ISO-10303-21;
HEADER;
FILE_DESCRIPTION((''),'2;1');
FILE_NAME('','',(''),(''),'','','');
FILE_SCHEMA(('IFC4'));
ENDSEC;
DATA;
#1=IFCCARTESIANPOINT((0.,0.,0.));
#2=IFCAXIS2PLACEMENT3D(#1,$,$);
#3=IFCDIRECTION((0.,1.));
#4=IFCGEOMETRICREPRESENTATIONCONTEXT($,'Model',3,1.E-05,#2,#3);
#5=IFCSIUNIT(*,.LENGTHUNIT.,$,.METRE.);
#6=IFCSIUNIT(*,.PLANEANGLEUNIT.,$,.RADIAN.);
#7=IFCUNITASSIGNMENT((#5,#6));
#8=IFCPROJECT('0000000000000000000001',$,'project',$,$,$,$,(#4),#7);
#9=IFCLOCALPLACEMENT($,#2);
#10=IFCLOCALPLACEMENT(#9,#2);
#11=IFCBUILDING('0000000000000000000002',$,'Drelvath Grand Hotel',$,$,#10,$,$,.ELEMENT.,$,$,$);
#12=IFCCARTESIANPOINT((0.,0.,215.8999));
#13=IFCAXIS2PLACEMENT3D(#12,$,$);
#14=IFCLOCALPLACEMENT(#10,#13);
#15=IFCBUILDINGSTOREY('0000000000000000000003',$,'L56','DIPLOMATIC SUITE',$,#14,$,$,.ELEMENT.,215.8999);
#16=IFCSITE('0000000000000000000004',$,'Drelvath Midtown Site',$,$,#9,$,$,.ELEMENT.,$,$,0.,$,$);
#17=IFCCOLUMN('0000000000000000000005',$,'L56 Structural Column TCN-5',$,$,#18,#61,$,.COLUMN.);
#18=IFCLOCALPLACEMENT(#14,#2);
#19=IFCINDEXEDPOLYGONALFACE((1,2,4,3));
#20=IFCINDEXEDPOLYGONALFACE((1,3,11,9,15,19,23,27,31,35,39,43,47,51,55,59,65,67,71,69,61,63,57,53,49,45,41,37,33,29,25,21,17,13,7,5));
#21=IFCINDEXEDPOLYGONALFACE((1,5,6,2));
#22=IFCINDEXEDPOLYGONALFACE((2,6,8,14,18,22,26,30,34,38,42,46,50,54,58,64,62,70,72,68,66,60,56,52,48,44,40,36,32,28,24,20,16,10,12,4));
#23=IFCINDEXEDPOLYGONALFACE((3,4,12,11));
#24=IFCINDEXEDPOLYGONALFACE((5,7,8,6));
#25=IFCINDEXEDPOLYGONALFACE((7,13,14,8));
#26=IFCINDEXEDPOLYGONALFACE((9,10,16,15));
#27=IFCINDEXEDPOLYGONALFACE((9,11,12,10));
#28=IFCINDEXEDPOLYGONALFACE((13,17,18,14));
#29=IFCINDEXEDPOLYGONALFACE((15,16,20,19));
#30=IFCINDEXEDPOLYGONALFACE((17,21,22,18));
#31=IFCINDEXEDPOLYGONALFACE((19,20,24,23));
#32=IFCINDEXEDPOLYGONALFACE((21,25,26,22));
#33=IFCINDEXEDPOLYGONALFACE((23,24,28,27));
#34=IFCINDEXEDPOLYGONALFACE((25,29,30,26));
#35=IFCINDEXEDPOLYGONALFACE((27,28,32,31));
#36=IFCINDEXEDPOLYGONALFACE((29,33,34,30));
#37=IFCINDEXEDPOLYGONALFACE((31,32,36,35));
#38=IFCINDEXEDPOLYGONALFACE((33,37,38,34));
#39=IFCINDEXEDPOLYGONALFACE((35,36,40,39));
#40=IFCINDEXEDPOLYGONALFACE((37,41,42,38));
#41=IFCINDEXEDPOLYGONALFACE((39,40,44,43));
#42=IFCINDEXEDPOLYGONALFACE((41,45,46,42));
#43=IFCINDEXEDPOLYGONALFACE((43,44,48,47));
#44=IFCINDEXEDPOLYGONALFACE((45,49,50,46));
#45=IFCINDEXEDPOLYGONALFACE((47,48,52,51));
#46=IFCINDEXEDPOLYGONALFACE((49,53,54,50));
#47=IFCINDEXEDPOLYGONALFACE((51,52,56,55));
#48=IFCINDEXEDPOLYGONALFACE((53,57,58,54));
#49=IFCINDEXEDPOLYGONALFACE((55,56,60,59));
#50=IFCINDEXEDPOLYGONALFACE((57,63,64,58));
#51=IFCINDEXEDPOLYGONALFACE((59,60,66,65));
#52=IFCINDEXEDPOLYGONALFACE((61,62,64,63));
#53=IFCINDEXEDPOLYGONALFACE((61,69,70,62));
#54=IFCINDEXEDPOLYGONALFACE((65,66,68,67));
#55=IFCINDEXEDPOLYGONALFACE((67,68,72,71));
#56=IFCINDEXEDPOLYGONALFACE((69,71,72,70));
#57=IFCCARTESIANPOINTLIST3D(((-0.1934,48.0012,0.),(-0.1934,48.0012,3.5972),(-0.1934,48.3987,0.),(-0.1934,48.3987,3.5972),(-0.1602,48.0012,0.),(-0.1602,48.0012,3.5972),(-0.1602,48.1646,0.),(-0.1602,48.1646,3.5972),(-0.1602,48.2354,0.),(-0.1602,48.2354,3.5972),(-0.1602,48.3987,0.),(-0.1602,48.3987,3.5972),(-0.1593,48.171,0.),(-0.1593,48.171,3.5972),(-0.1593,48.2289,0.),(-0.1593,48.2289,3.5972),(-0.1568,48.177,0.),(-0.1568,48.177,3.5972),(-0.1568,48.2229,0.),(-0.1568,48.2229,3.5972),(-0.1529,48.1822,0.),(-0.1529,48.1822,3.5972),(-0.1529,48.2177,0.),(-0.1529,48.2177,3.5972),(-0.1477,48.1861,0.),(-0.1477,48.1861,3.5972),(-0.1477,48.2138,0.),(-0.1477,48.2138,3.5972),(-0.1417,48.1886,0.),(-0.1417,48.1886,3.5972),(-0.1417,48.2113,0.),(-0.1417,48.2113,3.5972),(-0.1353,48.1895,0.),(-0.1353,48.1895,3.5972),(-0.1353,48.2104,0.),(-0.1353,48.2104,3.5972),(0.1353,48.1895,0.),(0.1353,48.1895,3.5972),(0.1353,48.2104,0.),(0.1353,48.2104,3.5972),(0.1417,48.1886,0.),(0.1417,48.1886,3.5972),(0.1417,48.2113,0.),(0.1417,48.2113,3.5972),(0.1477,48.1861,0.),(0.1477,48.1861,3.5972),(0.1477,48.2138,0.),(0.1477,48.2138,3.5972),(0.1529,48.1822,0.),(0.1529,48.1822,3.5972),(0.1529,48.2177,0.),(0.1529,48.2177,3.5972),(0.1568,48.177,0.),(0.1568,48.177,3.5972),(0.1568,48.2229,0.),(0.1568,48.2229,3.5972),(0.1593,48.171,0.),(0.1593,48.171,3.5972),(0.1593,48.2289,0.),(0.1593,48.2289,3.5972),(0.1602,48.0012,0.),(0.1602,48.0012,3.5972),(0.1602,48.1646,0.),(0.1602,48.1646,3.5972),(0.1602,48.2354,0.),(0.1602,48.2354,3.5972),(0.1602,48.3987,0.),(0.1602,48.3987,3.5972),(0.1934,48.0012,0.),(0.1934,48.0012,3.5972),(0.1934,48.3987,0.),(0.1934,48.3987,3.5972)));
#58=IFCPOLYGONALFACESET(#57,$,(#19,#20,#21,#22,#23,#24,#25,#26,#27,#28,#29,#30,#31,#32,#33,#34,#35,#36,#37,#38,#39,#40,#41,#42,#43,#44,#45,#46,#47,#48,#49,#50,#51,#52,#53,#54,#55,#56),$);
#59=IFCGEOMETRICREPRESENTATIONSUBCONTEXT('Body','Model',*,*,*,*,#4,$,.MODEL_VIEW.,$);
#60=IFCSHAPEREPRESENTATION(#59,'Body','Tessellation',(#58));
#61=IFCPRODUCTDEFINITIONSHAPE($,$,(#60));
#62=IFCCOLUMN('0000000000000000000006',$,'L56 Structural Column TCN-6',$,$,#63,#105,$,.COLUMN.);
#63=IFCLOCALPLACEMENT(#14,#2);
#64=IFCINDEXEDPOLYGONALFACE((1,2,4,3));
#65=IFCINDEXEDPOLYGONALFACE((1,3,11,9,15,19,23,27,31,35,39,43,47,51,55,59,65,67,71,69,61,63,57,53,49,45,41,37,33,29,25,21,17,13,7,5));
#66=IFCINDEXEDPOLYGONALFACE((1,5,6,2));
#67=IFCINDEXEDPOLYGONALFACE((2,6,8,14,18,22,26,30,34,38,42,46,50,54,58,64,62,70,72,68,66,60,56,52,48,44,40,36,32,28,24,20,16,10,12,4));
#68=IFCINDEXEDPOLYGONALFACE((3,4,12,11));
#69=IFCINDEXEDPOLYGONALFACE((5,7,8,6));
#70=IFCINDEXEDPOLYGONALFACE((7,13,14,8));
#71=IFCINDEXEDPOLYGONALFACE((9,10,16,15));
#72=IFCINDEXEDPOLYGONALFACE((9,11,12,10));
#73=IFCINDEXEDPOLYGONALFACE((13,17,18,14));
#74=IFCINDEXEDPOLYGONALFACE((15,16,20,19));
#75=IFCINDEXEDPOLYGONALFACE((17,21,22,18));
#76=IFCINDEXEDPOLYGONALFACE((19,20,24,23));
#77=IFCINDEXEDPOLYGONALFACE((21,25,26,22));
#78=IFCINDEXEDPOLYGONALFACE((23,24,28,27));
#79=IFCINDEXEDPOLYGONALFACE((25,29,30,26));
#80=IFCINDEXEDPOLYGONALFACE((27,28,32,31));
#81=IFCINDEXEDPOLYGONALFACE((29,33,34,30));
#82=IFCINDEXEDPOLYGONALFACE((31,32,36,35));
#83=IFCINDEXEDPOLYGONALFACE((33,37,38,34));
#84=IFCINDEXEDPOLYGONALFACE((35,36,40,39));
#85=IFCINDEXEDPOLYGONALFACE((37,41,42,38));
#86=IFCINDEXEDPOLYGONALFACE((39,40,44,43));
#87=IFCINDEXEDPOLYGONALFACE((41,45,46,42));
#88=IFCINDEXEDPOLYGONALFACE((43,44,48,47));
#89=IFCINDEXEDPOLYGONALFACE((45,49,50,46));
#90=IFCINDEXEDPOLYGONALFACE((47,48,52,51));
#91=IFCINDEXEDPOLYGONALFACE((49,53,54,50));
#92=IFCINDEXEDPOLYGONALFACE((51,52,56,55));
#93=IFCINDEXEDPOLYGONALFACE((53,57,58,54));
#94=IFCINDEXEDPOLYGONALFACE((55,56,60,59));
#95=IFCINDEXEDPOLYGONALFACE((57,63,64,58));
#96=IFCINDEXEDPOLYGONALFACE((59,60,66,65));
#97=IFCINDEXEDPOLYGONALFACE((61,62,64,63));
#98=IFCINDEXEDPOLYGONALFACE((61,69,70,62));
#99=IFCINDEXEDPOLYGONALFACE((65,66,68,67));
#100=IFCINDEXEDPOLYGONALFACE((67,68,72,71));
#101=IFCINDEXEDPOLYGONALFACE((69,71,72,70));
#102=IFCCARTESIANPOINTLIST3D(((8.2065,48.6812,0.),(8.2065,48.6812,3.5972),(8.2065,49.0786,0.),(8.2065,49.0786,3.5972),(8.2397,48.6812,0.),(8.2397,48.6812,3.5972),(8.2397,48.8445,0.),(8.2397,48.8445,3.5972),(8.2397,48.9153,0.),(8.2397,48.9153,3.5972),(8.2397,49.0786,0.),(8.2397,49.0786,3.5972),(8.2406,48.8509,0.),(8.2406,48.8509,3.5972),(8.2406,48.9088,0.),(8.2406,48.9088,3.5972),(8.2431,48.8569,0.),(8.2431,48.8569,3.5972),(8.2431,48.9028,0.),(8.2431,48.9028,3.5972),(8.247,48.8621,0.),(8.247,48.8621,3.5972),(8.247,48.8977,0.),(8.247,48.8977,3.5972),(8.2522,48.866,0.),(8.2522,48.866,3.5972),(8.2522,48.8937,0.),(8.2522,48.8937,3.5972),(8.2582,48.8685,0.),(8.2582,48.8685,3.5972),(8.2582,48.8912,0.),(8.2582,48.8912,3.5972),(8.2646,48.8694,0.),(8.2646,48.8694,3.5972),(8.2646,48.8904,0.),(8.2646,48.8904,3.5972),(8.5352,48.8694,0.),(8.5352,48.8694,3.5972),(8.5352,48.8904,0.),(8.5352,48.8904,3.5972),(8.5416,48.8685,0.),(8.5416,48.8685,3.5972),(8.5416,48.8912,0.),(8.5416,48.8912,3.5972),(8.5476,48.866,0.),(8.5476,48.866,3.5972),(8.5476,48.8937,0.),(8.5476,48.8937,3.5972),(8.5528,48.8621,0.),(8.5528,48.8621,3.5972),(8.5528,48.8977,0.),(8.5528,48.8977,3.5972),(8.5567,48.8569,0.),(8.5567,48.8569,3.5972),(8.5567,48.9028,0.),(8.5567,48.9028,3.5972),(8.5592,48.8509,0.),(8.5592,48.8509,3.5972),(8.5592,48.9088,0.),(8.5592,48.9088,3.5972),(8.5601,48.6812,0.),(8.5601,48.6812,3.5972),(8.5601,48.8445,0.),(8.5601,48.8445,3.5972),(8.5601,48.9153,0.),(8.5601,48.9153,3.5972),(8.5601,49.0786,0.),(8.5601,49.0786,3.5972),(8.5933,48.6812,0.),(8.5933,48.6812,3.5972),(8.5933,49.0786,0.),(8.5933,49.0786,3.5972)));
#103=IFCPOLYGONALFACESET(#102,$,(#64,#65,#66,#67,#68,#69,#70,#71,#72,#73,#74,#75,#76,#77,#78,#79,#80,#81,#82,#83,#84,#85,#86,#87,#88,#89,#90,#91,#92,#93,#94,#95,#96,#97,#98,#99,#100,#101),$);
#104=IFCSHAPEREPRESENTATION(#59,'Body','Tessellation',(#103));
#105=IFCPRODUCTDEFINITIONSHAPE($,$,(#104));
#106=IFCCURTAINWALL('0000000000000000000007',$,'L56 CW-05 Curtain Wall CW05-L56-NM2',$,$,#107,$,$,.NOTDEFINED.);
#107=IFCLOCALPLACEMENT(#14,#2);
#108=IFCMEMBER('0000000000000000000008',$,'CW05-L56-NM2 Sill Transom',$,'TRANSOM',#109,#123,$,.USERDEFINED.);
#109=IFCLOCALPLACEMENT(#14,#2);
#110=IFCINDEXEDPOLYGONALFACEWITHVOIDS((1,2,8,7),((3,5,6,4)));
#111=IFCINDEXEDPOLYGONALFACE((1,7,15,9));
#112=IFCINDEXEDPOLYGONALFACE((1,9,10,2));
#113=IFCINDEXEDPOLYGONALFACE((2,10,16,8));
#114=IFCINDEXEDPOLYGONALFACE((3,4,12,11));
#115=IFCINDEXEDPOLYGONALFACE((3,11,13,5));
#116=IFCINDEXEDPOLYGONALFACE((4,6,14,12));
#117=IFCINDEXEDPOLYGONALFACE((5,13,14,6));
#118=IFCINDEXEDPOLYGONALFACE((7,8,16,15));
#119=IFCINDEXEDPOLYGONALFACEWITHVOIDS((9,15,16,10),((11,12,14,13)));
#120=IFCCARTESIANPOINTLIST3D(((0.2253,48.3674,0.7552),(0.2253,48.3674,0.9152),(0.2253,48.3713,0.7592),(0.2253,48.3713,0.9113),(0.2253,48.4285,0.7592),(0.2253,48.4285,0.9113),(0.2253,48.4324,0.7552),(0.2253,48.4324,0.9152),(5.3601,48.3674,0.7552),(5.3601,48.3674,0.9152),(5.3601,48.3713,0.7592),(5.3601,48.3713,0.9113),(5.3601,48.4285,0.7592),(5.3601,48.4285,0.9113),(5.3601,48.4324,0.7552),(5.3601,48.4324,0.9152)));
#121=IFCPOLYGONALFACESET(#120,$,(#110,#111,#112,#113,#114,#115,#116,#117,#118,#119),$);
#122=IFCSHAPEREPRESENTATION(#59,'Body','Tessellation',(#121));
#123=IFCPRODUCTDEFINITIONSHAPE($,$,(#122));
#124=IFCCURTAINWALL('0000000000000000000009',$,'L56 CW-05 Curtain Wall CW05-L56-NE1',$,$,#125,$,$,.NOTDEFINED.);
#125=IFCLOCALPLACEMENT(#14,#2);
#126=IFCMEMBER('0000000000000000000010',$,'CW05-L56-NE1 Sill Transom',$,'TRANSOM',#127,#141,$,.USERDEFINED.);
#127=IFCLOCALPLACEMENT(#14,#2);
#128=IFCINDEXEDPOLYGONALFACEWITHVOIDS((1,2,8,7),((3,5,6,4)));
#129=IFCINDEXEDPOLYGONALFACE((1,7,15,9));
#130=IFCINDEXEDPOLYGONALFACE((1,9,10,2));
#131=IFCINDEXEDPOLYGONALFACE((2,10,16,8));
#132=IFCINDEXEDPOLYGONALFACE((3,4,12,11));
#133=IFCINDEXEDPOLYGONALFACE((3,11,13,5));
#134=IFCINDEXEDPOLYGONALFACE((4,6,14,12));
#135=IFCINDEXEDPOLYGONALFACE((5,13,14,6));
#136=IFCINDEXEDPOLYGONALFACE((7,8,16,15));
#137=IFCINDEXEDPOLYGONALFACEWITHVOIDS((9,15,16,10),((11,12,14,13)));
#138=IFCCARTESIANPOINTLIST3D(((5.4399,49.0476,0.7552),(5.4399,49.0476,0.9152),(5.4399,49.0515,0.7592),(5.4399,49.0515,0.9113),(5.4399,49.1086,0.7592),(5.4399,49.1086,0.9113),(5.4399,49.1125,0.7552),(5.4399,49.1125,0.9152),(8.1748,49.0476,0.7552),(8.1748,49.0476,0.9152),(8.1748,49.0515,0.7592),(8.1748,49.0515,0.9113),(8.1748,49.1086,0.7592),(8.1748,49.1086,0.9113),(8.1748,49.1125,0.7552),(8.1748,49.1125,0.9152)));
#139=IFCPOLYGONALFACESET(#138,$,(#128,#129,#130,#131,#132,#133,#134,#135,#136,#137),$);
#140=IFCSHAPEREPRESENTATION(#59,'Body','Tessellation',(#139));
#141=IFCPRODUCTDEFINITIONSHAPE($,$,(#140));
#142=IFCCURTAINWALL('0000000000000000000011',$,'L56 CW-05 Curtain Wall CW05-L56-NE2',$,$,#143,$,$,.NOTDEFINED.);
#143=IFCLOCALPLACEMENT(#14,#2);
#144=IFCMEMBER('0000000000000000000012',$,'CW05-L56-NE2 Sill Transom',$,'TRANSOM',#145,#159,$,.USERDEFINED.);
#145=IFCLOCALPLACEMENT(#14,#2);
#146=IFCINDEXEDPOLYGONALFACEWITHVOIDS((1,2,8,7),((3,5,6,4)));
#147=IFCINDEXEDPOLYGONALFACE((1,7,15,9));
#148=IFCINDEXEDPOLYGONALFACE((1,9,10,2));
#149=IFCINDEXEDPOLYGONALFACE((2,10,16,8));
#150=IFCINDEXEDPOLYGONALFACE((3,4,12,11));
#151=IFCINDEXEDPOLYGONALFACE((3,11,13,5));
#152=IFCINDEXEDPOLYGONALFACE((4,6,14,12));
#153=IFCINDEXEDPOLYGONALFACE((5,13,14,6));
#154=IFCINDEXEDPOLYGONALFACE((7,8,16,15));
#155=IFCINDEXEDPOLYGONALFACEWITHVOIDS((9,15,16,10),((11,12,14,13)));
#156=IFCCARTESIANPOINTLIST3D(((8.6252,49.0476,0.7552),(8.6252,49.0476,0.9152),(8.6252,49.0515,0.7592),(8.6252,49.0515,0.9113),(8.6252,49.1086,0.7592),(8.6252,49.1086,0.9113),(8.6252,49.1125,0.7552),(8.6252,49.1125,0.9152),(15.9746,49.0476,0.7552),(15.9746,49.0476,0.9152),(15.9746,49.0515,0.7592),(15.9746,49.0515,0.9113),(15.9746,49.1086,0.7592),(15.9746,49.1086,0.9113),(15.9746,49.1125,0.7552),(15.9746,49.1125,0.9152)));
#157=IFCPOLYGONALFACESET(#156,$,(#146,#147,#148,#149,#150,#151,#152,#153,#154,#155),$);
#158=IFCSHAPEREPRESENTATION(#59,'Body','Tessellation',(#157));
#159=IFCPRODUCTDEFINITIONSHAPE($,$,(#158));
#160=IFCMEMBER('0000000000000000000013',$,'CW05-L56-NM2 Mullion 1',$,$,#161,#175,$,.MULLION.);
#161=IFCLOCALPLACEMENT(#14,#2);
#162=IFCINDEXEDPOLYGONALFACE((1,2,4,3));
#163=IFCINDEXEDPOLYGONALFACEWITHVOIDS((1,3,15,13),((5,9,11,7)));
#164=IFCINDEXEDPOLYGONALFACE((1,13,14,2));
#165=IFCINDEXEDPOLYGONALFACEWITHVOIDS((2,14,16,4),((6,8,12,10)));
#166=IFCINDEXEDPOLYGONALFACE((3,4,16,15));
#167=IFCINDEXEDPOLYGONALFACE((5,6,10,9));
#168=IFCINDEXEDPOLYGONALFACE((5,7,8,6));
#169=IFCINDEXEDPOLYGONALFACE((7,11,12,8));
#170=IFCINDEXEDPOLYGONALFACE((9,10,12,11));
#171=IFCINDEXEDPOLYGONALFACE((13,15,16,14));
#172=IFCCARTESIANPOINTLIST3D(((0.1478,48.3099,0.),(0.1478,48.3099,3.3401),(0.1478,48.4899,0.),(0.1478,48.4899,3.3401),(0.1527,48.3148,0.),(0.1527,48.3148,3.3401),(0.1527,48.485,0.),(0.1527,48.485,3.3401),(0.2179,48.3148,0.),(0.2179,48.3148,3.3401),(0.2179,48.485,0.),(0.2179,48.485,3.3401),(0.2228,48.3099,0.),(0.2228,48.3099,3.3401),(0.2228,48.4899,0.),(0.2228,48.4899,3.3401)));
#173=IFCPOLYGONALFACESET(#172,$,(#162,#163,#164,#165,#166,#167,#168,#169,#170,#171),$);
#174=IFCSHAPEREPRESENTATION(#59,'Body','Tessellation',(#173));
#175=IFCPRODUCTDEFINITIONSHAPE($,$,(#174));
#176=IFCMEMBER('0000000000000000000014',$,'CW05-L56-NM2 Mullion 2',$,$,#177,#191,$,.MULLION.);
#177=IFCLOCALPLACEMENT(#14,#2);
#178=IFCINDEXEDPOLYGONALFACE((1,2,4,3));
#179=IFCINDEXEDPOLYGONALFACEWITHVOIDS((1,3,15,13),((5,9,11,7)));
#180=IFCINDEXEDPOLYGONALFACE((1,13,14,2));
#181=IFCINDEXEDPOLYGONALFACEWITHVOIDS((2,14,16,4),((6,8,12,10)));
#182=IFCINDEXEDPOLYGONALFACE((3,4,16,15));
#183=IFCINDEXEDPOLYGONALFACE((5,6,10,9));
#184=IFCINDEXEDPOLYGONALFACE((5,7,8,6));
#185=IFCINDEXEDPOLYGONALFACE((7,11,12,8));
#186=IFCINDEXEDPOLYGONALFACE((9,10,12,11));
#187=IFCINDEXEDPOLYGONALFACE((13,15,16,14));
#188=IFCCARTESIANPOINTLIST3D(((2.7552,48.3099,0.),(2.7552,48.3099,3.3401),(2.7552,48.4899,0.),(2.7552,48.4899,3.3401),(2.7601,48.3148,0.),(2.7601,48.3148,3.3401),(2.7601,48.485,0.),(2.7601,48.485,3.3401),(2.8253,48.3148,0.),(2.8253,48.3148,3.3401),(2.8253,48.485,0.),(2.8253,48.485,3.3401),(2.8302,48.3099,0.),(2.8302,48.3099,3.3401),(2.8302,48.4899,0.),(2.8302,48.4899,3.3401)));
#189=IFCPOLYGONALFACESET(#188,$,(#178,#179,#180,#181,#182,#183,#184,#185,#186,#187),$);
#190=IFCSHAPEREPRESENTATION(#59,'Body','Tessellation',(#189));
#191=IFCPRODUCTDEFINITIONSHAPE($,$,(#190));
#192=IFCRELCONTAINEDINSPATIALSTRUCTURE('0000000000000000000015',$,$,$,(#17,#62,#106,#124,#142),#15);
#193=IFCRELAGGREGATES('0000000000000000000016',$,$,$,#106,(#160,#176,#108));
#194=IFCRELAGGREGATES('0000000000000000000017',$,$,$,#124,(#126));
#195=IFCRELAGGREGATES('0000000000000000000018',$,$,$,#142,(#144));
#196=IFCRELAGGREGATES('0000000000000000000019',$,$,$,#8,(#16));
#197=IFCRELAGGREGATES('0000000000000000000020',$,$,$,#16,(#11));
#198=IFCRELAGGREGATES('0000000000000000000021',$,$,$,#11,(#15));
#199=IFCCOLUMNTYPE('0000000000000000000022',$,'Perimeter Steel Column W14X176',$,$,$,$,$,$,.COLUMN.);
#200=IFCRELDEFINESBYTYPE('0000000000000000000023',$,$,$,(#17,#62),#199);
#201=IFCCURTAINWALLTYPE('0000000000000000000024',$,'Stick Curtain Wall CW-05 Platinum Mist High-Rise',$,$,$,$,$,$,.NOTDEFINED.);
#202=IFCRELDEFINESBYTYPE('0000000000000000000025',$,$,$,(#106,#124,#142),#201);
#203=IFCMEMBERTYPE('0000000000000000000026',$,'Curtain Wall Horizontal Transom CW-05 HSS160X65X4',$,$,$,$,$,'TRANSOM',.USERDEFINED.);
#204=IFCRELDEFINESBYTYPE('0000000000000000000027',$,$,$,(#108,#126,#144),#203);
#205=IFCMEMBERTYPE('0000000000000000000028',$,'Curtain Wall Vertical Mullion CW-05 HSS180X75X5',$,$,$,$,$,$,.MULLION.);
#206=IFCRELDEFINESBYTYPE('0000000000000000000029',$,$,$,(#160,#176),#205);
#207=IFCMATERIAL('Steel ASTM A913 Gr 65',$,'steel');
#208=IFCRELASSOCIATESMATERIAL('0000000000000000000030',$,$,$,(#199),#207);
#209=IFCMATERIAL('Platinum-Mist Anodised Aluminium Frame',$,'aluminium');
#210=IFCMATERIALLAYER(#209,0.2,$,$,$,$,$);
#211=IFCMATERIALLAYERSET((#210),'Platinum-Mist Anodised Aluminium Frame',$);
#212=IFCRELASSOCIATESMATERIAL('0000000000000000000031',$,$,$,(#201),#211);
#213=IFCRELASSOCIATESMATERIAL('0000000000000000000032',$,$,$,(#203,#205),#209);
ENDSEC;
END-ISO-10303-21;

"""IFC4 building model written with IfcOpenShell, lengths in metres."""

from ifc_helpers import new_model, si_unit, direction, frame, origin, origin_2d, place, context, subcontext, project, spatial, hollow_rectangle, i_section, extrude, material, layer, layer_set, material_profile, profile_set, type_object, element, aggregate, save


model = new_model("IFC4")

# Units and contexts
model_context = context("Model", 3, precision=1e-05, world=origin(), true_north=direction((0.0, 1.0)))
body_context = subcontext(model_context, "Body", "Model", "MODEL_VIEW")
ifc_project = project(units=[si_unit("LENGTHUNIT", "METRE"), si_unit("PLANEANGLEUNIT", "RADIAN")], contexts=[model_context])

# Site, building, storey
site_placement = place(None, origin())
site = spatial("IfcSite", under=ifc_project, at=site_placement, Name="Drelvath Midtown Site", CompositionType="ELEMENT", RefElevation=0.0)
building_placement = place(site_placement, origin())
building = spatial("IfcBuilding", under=site, at=building_placement, Name="Drelvath Grand Hotel", CompositionType="ELEMENT")
storey_placement = place(building_placement, frame((0.0, 0.0, 215.8999)))
storey = spatial("IfcBuildingStorey", under=building, at=storey_placement, Name="L56", Description="DIPLOMATIC SUITE", CompositionType="ELEMENT", Elevation=215.8999)

# Columns
ifc_material_1 = material(Name="Steel ASTM A913 Gr 65", Category="steel")
ifc_material_profile_1 = material_profile(ifc_material_1, i_section(OverallWidth=0.3975, OverallDepth=0.3867, WebThickness=0.021, FlangeThickness=0.0332, FilletRadius=0.0249, at=origin_2d()), Name="W14X176")
ifc_profile_set_1 = profile_set([ifc_material_profile_1], Name="Steel ASTM A913 Gr 65")
column_type = type_object("IfcColumnType", Name="Perimeter Steel Column W14X176", PredefinedType="COLUMN", material=ifc_profile_set_1)
for number, where, z_axis, x_axis, name in (
    (1, (0.0, 48.2, 0.0), (0.0, 0.0, 1.0), (0.0, 1.0, 0.0), "L56 Structural Column TCN-5"),
    (2, (8.3999, 48.8799, 0.0), (0.0, 0.0, 1.0), (0.0, 1.0, 0.0), "L56 Structural Column TCN-6"),
):
    element("IfcColumn", number, at=place(storey_placement, frame(where, z_axis=z_axis, x_axis=x_axis)), inside=storey, type_object=column_type, Name=name, PredefinedType="COLUMN", context=body_context, shape_type="SweptSolid", body=[
        extrude(i_section(OverallWidth=0.3975, OverallDepth=0.3867, WebThickness=0.021, FlangeThickness=0.0332, FilletRadius=0.0249, at=origin_2d()), origin(), (0.0, 0.0, 1.0), 3.5972),
    ])

# Curtain walls, members
ifc_material_2 = material(Name="Platinum-Mist Anodised Aluminium Frame", Category="aluminium")
ifc_layer_1 = layer(ifc_material_2, 0.2)
ifc_layer_set_1 = layer_set([ifc_layer_1], Name="Platinum-Mist Anodised Aluminium Frame")
curtain_wall_type = type_object("IfcCurtainWallType", Name="Stick Curtain Wall CW-05 Platinum Mist High-Rise", PredefinedType="NOTDEFINED", material=ifc_layer_set_1)
curtain_wall_1_placement = place(storey_placement, origin())
curtain_wall_1 = element("IfcCurtainWall", 3, at=curtain_wall_1_placement, inside=storey, type_object=curtain_wall_type, Name="L56 CW-05 Curtain Wall CW05-L56-NM2", PredefinedType="NOTDEFINED")
ifc_material_profile_2 = material_profile(ifc_material_2, hollow_rectangle(XDim=0.0649, YDim=0.1599, WallThickness=0.0039, at=origin_2d()), Name="HSS160X65X4")
ifc_profile_set_2 = profile_set([ifc_material_profile_2], Name="Platinum-Mist Anodised Aluminium Frame")
member_type_1 = type_object("IfcMemberType", Name="Curtain Wall Horizontal Transom CW-05 HSS160X65X4", ElementType="TRANSOM", PredefinedType="USERDEFINED", material=ifc_profile_set_2)
member_1_placement = place(storey_placement, frame((0.2253, 48.3999, 0.8352), z_axis=(1.0, 0.0, 0.0), x_axis=(0.0, 1.0, 0.0)))
member_1 = element("IfcMember", 4, at=member_1_placement, type_object=member_type_1, Name="CW05-L56-NM2 Sill Transom", ObjectType="TRANSOM", PredefinedType="USERDEFINED", context=body_context, shape_type="SweptSolid", body=[
    extrude(hollow_rectangle(XDim=0.0649, YDim=0.1599, WallThickness=0.0039, at=origin_2d()), origin(), (0.0, 0.0, 1.0), 5.1348),
])
curtain_wall_2_placement = place(storey_placement, origin())
curtain_wall_2 = element("IfcCurtainWall", 5, at=curtain_wall_2_placement, inside=storey, type_object=curtain_wall_type, Name="L56 CW-05 Curtain Wall CW05-L56-NE1", PredefinedType="NOTDEFINED")
member_2_placement = place(storey_placement, frame((5.4399, 49.0801, 0.8352), z_axis=(1.0, 0.0, 0.0), x_axis=(0.0, 1.0, 0.0)))
member_2 = element("IfcMember", 6, at=member_2_placement, type_object=member_type_1, Name="CW05-L56-NE1 Sill Transom", ObjectType="TRANSOM", PredefinedType="USERDEFINED", context=body_context, shape_type="SweptSolid", body=[
    extrude(hollow_rectangle(XDim=0.0649, YDim=0.1599, WallThickness=0.0039, at=origin_2d()), origin(), (0.0, 0.0, 1.0), 2.7349),
])
curtain_wall_3_placement = place(storey_placement, origin())
curtain_wall_3 = element("IfcCurtainWall", 7, at=curtain_wall_3_placement, inside=storey, type_object=curtain_wall_type, Name="L56 CW-05 Curtain Wall CW05-L56-NE2", PredefinedType="NOTDEFINED")
member_3_placement = place(storey_placement, frame((8.6252, 49.0801, 0.8352), z_axis=(1.0, 0.0, 0.0), x_axis=(0.0, 1.0, 0.0)))
member_3 = element("IfcMember", 8, at=member_3_placement, type_object=member_type_1, Name="CW05-L56-NE2 Sill Transom", ObjectType="TRANSOM", PredefinedType="USERDEFINED", context=body_context, shape_type="SweptSolid", body=[
    extrude(hollow_rectangle(XDim=0.0649, YDim=0.1599, WallThickness=0.0039, at=origin_2d()), origin(), (0.0, 0.0, 1.0), 7.3494),
])

# Members
ifc_material_profile_3 = material_profile(ifc_material_2, hollow_rectangle(XDim=0.075, YDim=0.1799, WallThickness=0.0049, at=origin_2d()), Name="HSS180X75X5")
ifc_profile_set_3 = profile_set([ifc_material_profile_3], Name="Platinum-Mist Anodised Aluminium Frame")
member_type_2 = type_object("IfcMemberType", Name="Curtain Wall Vertical Mullion CW-05 HSS180X75X5", PredefinedType="MULLION", material=ifc_profile_set_3)
member_4_placement = place(storey_placement, frame((0.1853, 48.3999, 0.0), z_axis=(0.0, 0.0, 1.0), x_axis=(1.0, 0.0, 0.0)))
member_4 = element("IfcMember", 9, at=member_4_placement, type_object=member_type_2, Name="CW05-L56-NM2 Mullion 1", PredefinedType="MULLION", context=body_context, shape_type="SweptSolid", body=[
    extrude(hollow_rectangle(XDim=0.075, YDim=0.1799, WallThickness=0.0049, at=origin_2d()), origin(), (0.0, 0.0, 1.0), 3.3401),
])
member_5_placement = place(storey_placement, frame((2.7927, 48.3999, 0.0), z_axis=(0.0, 0.0, 1.0), x_axis=(1.0, 0.0, 0.0)))
member_5 = element("IfcMember", 10, at=member_5_placement, type_object=member_type_2, Name="CW05-L56-NM2 Mullion 2", PredefinedType="MULLION", context=body_context, shape_type="SweptSolid", body=[
    extrude(hollow_rectangle(XDim=0.075, YDim=0.1799, WallThickness=0.0049, at=origin_2d()), origin(), (0.0, 0.0, 1.0), 3.3401),
])

aggregate(curtain_wall_1, [member_4, member_5, member_1])
aggregate(curtain_wall_2, [member_2])
aggregate(curtain_wall_3, [member_3])

save(model, "model.ifc")
